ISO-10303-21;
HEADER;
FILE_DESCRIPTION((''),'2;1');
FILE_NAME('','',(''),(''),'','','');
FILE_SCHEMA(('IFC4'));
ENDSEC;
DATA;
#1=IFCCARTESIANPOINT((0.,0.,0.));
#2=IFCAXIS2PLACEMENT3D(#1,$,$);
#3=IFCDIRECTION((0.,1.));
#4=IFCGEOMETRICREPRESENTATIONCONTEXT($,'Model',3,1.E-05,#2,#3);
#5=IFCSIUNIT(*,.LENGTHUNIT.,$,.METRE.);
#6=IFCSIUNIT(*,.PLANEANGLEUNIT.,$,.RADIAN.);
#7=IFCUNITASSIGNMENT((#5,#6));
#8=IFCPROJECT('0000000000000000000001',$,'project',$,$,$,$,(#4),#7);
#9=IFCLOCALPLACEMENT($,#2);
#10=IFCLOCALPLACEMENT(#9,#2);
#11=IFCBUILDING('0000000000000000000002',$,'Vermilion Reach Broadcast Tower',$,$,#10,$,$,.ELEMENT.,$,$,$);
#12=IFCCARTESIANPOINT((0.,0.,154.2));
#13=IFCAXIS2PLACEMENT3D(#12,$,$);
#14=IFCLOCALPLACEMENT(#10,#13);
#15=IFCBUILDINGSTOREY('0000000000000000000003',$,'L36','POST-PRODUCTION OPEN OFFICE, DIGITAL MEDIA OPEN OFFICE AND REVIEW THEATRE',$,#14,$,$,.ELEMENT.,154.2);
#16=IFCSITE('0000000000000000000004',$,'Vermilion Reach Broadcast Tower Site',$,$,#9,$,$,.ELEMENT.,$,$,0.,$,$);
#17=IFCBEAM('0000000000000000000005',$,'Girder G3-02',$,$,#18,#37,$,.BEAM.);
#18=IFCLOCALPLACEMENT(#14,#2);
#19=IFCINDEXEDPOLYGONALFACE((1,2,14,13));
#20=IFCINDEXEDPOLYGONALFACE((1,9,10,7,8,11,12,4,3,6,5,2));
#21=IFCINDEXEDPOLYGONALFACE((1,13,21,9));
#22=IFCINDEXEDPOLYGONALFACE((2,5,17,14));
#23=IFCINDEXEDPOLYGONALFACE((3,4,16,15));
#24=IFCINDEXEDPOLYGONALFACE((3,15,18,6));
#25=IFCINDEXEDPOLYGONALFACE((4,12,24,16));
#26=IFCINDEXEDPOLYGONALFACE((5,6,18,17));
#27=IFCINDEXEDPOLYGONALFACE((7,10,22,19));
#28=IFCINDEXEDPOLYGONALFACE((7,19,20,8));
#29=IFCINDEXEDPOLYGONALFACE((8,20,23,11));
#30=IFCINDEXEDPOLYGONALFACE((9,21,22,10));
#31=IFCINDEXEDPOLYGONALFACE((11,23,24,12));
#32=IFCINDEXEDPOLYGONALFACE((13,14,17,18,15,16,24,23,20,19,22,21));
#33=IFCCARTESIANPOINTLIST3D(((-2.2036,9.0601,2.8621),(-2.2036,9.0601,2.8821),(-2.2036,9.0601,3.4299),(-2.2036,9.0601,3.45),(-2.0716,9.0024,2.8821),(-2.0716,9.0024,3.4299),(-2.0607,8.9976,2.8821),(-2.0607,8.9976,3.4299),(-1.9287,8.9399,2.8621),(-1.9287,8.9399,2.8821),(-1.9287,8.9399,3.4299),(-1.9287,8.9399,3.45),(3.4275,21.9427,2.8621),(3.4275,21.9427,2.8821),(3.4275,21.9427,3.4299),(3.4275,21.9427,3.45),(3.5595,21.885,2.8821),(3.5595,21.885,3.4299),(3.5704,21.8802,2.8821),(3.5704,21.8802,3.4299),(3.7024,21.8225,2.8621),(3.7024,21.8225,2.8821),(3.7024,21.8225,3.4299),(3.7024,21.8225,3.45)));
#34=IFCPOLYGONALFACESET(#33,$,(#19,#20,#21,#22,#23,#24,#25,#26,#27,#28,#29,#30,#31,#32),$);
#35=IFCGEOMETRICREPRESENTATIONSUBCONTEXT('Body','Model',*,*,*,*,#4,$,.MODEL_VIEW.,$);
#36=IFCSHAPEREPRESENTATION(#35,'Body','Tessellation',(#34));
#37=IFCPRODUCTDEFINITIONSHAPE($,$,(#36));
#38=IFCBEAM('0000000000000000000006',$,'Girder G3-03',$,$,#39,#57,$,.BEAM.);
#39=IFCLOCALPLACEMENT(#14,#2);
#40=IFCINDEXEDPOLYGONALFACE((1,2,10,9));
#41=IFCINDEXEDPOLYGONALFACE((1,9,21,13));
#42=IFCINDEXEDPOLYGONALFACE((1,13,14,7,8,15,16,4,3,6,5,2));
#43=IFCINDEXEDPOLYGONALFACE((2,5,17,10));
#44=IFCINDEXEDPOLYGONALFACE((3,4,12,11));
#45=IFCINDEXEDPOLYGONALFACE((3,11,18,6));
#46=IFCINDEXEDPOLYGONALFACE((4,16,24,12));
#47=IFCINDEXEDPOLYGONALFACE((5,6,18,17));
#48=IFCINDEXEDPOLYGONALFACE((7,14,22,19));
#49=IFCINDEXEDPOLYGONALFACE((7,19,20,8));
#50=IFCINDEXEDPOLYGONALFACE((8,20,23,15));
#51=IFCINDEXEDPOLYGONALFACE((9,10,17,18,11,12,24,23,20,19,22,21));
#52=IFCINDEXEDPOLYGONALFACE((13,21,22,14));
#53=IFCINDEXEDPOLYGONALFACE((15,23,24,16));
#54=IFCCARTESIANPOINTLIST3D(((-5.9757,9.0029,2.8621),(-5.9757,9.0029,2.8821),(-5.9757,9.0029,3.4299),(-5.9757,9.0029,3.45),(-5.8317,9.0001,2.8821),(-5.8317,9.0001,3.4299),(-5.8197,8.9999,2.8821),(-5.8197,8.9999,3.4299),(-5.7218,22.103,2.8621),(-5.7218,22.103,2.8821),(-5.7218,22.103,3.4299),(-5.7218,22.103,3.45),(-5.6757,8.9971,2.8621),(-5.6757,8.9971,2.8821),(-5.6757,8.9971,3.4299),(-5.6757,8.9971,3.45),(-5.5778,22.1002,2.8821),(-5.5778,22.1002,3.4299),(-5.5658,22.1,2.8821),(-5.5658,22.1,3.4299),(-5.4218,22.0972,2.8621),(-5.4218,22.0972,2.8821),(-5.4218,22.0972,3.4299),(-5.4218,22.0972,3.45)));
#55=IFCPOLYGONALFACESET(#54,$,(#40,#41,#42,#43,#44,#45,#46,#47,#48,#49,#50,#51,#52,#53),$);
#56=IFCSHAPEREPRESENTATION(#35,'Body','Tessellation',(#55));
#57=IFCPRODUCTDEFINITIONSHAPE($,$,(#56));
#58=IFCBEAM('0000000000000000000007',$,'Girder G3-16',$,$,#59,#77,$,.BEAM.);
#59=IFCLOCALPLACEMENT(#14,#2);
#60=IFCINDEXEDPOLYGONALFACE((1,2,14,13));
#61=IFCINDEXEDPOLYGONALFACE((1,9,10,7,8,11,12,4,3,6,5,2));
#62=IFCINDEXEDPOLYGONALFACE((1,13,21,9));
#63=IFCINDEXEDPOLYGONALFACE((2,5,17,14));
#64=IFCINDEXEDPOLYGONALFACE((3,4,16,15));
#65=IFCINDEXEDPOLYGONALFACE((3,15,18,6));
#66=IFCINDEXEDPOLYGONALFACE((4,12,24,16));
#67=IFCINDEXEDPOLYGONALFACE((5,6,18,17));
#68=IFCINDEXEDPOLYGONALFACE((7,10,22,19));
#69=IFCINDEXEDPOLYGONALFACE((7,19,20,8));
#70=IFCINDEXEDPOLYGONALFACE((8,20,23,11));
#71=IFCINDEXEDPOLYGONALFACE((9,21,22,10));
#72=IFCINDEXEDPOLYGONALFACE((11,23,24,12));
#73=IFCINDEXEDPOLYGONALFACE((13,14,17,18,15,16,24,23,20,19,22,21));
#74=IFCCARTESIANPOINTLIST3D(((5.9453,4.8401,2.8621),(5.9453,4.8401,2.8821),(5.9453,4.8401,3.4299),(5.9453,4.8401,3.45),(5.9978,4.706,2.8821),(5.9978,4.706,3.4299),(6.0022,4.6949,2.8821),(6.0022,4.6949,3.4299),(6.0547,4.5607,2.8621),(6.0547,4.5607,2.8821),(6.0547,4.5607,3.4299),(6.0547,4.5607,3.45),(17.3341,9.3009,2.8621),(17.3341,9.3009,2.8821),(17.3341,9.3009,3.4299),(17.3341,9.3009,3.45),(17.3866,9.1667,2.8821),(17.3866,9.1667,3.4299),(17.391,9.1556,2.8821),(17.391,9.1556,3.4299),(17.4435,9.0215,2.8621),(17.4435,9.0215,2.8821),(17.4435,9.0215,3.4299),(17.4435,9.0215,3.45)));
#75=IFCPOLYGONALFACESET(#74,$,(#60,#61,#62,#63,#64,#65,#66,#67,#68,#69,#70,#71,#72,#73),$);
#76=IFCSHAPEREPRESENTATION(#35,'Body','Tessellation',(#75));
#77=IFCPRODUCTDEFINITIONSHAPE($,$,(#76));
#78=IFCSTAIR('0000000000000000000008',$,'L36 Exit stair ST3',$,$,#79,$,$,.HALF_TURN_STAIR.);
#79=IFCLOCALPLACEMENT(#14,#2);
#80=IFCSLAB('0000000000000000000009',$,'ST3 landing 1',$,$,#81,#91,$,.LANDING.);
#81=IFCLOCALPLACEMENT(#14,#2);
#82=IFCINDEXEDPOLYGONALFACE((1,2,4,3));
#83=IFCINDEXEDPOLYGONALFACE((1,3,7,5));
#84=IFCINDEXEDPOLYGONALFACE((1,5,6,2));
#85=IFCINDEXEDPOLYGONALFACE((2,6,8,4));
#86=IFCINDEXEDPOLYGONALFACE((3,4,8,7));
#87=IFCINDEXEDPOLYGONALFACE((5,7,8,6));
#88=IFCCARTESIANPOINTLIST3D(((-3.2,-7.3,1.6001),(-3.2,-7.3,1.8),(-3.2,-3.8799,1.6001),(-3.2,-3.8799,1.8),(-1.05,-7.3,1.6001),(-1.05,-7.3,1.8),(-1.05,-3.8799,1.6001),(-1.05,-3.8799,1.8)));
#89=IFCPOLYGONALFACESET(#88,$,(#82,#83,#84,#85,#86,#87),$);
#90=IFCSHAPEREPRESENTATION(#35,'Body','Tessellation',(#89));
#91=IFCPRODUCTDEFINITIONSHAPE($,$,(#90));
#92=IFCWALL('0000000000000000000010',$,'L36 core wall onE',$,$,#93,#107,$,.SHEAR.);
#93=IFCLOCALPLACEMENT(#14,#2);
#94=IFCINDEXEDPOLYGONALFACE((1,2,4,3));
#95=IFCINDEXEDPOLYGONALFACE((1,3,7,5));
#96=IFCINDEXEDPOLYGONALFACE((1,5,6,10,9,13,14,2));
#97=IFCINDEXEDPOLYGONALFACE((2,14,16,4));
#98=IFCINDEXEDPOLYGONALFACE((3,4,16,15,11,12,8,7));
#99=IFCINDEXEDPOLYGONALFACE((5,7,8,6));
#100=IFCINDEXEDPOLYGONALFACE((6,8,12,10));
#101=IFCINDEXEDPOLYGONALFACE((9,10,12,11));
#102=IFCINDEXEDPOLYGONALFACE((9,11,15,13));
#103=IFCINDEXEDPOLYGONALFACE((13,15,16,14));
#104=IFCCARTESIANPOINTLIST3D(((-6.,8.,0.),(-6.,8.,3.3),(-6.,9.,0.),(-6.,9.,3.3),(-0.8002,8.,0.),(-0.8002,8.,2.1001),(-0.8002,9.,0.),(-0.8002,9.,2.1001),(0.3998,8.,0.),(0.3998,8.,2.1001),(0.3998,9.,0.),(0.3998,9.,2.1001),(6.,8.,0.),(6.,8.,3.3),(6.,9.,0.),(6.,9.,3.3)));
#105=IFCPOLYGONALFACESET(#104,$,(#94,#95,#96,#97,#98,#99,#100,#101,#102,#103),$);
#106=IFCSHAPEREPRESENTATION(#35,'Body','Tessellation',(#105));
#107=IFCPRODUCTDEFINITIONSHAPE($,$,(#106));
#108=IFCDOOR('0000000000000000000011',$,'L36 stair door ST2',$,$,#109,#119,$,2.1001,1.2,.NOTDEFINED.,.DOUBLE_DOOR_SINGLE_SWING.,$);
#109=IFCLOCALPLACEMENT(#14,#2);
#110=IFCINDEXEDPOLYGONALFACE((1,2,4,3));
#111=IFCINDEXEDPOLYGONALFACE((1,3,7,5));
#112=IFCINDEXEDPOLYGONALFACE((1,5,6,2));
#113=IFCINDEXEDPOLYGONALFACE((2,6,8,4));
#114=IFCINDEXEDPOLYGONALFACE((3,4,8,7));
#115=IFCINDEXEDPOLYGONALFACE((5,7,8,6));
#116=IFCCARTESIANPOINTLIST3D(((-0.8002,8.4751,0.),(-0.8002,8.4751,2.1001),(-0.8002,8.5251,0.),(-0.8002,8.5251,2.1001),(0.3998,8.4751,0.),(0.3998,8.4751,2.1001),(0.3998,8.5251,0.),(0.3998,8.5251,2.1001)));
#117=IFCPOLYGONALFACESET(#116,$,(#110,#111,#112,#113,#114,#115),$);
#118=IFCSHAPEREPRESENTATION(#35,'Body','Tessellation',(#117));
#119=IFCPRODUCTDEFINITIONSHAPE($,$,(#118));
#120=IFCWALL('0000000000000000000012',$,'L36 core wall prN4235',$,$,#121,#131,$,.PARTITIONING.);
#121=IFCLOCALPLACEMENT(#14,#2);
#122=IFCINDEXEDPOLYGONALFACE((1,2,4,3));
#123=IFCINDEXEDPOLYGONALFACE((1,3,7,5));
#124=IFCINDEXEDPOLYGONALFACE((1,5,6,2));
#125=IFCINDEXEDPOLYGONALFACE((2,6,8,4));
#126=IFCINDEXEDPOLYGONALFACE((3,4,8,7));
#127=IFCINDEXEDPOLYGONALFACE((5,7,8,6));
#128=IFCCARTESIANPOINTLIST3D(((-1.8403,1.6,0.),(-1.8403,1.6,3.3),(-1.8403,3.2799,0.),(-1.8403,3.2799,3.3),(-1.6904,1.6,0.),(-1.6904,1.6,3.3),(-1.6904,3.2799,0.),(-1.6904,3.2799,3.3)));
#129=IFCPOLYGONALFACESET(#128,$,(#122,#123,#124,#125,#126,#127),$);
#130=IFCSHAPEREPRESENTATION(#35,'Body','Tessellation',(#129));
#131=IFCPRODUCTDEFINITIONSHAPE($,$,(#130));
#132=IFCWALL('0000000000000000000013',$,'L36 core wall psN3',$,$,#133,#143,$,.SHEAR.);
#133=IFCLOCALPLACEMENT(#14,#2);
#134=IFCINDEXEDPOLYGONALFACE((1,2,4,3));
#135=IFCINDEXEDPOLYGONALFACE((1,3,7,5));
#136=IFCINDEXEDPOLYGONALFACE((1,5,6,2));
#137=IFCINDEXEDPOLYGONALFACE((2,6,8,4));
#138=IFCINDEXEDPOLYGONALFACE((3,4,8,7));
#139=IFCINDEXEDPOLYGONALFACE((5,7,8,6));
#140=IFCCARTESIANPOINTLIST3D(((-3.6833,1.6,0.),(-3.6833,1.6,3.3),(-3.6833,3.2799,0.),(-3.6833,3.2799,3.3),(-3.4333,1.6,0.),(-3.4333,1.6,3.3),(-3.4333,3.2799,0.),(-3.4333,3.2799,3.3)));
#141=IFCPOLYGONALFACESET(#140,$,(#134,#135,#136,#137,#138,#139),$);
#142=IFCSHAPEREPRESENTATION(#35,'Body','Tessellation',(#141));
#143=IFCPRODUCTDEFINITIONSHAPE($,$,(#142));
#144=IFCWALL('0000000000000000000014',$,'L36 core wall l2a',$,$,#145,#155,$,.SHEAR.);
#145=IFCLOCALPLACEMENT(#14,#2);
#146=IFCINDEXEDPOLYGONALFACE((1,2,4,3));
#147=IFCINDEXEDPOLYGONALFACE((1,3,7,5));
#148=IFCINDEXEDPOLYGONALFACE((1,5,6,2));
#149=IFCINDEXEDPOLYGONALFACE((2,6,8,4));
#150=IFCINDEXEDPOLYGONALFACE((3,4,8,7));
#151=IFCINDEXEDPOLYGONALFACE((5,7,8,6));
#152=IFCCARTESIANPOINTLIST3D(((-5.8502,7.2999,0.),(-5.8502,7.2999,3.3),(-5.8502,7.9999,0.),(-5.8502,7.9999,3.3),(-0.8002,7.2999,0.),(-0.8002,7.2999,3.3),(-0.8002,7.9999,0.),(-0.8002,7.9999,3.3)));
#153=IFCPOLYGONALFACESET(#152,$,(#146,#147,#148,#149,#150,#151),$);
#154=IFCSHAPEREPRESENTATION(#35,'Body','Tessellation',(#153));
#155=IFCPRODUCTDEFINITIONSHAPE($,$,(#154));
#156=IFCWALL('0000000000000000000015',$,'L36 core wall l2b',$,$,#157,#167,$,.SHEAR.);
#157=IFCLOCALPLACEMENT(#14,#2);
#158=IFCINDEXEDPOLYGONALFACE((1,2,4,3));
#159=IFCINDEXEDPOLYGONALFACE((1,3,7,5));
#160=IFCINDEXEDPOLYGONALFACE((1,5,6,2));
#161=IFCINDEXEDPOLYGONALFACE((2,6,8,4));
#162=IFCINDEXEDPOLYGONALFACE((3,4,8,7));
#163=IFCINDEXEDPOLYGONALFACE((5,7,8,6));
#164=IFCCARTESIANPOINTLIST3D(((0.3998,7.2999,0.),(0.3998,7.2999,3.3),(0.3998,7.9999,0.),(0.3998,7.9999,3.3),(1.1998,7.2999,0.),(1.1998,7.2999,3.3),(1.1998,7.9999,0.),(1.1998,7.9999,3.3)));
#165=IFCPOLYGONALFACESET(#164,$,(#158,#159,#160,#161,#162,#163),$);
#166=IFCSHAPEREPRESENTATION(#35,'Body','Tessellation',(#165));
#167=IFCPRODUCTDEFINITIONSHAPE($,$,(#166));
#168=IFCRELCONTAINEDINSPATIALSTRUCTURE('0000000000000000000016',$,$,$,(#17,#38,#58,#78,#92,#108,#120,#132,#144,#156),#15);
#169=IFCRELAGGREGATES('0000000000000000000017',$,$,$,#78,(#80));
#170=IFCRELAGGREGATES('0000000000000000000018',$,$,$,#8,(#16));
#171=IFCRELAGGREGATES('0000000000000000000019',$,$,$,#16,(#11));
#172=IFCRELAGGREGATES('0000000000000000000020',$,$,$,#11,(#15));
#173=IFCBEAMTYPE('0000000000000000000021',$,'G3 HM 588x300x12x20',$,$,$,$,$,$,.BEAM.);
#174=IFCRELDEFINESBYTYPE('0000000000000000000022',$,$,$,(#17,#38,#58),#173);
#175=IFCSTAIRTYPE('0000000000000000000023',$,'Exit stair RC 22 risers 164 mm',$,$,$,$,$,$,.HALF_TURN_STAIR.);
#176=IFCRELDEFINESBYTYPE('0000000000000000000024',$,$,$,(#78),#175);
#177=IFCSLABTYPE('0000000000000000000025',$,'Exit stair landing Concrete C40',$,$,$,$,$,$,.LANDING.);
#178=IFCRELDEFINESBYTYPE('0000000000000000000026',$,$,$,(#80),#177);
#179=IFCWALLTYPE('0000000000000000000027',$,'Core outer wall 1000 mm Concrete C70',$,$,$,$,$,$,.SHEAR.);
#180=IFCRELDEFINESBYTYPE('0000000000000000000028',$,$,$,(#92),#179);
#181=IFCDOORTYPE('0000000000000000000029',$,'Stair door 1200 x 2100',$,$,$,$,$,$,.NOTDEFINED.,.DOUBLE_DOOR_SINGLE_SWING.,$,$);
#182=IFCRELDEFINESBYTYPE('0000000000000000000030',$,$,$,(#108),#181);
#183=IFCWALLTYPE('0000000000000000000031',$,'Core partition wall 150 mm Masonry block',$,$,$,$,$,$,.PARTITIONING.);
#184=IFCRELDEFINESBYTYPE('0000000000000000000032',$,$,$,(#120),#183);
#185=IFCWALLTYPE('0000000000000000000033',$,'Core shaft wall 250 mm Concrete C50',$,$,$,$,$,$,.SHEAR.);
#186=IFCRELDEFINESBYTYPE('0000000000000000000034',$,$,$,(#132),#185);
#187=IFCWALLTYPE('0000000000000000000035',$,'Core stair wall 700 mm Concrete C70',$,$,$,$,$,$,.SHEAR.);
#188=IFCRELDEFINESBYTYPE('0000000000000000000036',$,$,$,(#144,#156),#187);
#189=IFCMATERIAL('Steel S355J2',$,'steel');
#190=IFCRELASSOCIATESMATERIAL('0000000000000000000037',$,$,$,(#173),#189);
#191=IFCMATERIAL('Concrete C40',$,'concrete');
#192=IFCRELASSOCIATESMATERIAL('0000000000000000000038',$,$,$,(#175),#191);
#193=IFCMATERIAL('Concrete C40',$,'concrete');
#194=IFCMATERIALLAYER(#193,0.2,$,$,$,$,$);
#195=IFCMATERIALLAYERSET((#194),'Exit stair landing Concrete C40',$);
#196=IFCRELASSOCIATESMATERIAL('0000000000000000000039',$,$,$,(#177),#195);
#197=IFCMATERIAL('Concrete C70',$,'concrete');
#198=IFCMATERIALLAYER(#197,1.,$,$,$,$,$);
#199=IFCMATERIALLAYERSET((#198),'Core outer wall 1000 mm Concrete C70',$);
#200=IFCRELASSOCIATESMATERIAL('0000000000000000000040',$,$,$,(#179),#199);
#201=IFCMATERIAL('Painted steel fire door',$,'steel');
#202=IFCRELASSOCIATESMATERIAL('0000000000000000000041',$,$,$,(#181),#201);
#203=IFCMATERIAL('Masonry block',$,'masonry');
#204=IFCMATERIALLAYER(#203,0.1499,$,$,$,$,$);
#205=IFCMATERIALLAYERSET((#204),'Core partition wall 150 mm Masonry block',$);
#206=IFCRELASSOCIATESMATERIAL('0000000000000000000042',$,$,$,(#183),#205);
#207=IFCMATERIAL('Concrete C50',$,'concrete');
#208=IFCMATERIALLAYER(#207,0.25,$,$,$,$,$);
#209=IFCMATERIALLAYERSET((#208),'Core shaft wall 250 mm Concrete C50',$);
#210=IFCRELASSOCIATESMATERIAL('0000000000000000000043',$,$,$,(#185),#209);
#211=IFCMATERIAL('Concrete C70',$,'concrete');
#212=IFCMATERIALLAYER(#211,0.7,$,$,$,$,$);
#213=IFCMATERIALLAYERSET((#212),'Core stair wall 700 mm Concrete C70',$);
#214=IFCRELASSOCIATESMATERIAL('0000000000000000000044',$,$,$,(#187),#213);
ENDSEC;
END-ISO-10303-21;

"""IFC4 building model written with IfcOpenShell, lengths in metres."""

from ifc_helpers import new_model, si_unit, direction, frame, frame_2d, origin, origin_2d, place, context, subcontext, project, spatial, polyline, rectangle, i_section, outline, extrude, material, layer, layer_set, material_profile, profile_set, type_object, element, fill, aggregate, save


model = new_model("IFC4")

# Units and contexts
model_context = context("Model", 3, precision=1e-05, world=origin(), true_north=direction((0.0, 1.0)))
body_context = subcontext(model_context, "Body", "Model", "MODEL_VIEW")
ifc_project = project(units=[si_unit("LENGTHUNIT", "METRE"), si_unit("PLANEANGLEUNIT", "RADIAN")], contexts=[model_context])

# Site, building, storey
site_placement = place(None, origin())
site = spatial("IfcSite", under=ifc_project, at=site_placement, Name="Vermilion Reach Broadcast Tower Site", CompositionType="ELEMENT", RefElevation=0.0)
building_placement = place(site_placement, origin())
building = spatial("IfcBuilding", under=site, at=building_placement, Name="Vermilion Reach Broadcast Tower", CompositionType="ELEMENT")
storey_placement = place(building_placement, frame((0.0, 0.0, 154.2)))
storey = spatial("IfcBuildingStorey", under=building, at=storey_placement, Name="L36", Description="POST-PRODUCTION OPEN OFFICE, DIGITAL MEDIA OPEN OFFICE AND REVIEW THEATRE", CompositionType="ELEMENT", Elevation=154.2)

# Beams
ifc_material_1 = material(Name="Steel S355J2", Category="steel")
ifc_material_profile = material_profile(ifc_material_1, i_section(OverallWidth=0.3, OverallDepth=0.5879, WebThickness=0.012, FlangeThickness=0.02, at=origin_2d()), Name="S355J2 HM 588x300x12x20")
ifc_profile_set = profile_set([ifc_material_profile], Name="Steel S355J2")
beam_type = type_object("IfcBeamType", Name="G3 HM 588x300x12x20", PredefinedType="BEAM", material=ifc_profile_set)
beam_1_placement = place(storey_placement, frame((-2.0662, 9.0, 3.156), z_axis=(0.400519, 0.916288, 0.0), x_axis=(-0.916288, 0.400519, 0.0)))
element("IfcBeam", 1, at=beam_1_placement, inside=storey, type_object=beam_type, Name="Girder G3-02", PredefinedType="BEAM", context=body_context, shape_type="SweptSolid", body=[
    extrude(i_section(OverallWidth=0.3, OverallDepth=0.5879, WebThickness=0.012, FlangeThickness=0.02, at=origin_2d()), origin(), (0.0, 0.0, 1.0), 14.0596),
])
beam_2_placement = place(storey_placement, frame((-5.8257, 9.0, 3.156), z_axis=(0.019378, 0.999812, 0.0), x_axis=(-0.999812, 0.019378, 0.0)))
element("IfcBeam", 2, at=beam_2_placement, inside=storey, type_object=beam_type, Name="Girder G3-03", PredefinedType="BEAM", context=body_context, shape_type="SweptSolid", body=[
    extrude(i_section(OverallWidth=0.3, OverallDepth=0.5879, WebThickness=0.012, FlangeThickness=0.02, at=origin_2d()), origin(), (0.0, 0.0, 1.0), 13.1025),
])
beam_3_placement = place(storey_placement, frame((6.0, 4.7004, 3.156), z_axis=(0.931125, 0.364701, 0.0), x_axis=(-0.364701, 0.931125, 0.0)))
element("IfcBeam", 3, at=beam_3_placement, inside=storey, type_object=beam_type, Name="Girder G3-16", PredefinedType="BEAM", context=body_context, shape_type="SweptSolid", body=[
    extrude(i_section(OverallWidth=0.3, OverallDepth=0.5879, WebThickness=0.012, FlangeThickness=0.02, at=origin_2d()), origin(), (0.0, 0.0, 1.0), 12.2312),
])

# Stair, slab
ifc_material_2 = material(Name="Concrete C40", Category="concrete")
stair_type = type_object("IfcStairType", Name="Exit stair RC 22 risers 164 mm", PredefinedType="HALF_TURN_STAIR", material=ifc_material_2)
placement = place(storey_placement, origin())
stair_1 = element("IfcStair", 4, at=placement, inside=storey, type_object=stair_type, Name="L36 Exit stair ST3", PredefinedType="HALF_TURN_STAIR")
ifc_material_3 = material(Name="Concrete C40", Category="concrete")
ifc_layer_1 = layer(ifc_material_3, 0.2)
ifc_layer_set_1 = layer_set([ifc_layer_1], Name="Exit stair landing Concrete C40")
slab_type = type_object("IfcSlabType", Name="Exit stair landing Concrete C40", PredefinedType="LANDING", material=ifc_layer_set_1)
slab_placement = place(storey_placement, frame((0.0, 0.0, 1.6001)))
slab = element("IfcSlab", 5, at=slab_placement, type_object=slab_type, Name="ST3 landing 1", PredefinedType="LANDING", context=body_context, shape_type="SweptSolid", body=[
    extrude(outline(polyline([(-3.2, -7.3), (-1.05, -7.3), (-1.05, -3.8799), (-3.2, -3.8799), (-3.2, -7.3)])), origin(), (0.0, 0.0, 1.0), 0.2),
])
aggregate(stair_1, [slab])

# Wall, opening, door
ifc_material_4 = material(Name="Concrete C70", Category="concrete")
ifc_layer_2 = layer(ifc_material_4, 1.0)
ifc_layer_set_2 = layer_set([ifc_layer_2], Name="Core outer wall 1000 mm Concrete C70")
wall_type_1 = type_object("IfcWallType", Name="Core outer wall 1000 mm Concrete C70", PredefinedType="SHEAR", material=ifc_layer_set_2)
wall_1_placement = place(storey_placement, frame((6.0, 8.5, 0.0), z_axis=(0.0, 0.0, 1.0), x_axis=(-1.0, 0.0, 0.0)))
wall_1 = element("IfcWall", 6, at=wall_1_placement, inside=storey, type_object=wall_type_1, Name="L36 core wall onE", PredefinedType="SHEAR", context=body_context, shape_type="SweptSolid", body=[
    extrude(rectangle(XDim=12.0, YDim=1.0, at=frame_2d((6.0, 0.0))), origin(), (0.0, 0.0, 1.0), 3.3),
])
opening_placement = place(wall_1_placement, frame((5.6001, 0.0, 0.0)))
opening = element("IfcOpeningElement", 7, at=opening_placement, cuts=wall_1, PredefinedType="OPENING", context=body_context, shape_type="SweptSolid", body=[
    extrude(rectangle(XDim=1.2, YDim=2.1001, at=frame_2d((0.6001, 1.05))), frame((0.0, 0.51, 0.0), z_axis=(0.0, -1.0, 0.0), x_axis=(1.0, 0.0, 0.0)), (0.0, 0.0, 1.0), 1.02),
])
ifc_material_5 = material(Name="Painted steel fire door", Category="steel")
door_type = type_object("IfcDoorType", Name="Stair door 1200 x 2100", OperationType="DOUBLE_DOOR_SINGLE_SWING", PredefinedType="NOTDEFINED", material=ifc_material_5)
door_placement = place(opening_placement, origin())
door = element("IfcDoor", 8, at=door_placement, inside=storey, type_object=door_type, Name="L36 stair door ST2", OperationType="DOUBLE_DOOR_SINGLE_SWING", OverallHeight=2.1001, OverallWidth=1.2, PredefinedType="NOTDEFINED", context=body_context, shape_type="SweptSolid", body=[
    extrude(rectangle(XDim=1.2, YDim=2.1001, at=frame_2d((0.6001, 1.05))), frame((0.0, 0.0249, 0.0), z_axis=(0.0, -1.0, 0.0), x_axis=(1.0, 0.0, 0.0)), (0.0, 0.0, 1.0), 0.05),
])
fill(opening, door)

# Walls
ifc_material_6 = material(Name="Masonry block", Category="masonry")
ifc_layer_3 = layer(ifc_material_6, 0.1499)
ifc_layer_set_3 = layer_set([ifc_layer_3], Name="Core partition wall 150 mm Masonry block")
wall_type_2 = type_object("IfcWallType", Name="Core partition wall 150 mm Masonry block", PredefinedType="PARTITIONING", material=ifc_layer_set_3)
wall_2_placement = place(storey_placement, frame((-1.7654, 1.6001, 0.0), z_axis=(0.0, 0.0, 1.0), x_axis=(0.0, 1.0, 0.0)))
element("IfcWall", 9, at=wall_2_placement, inside=storey, type_object=wall_type_2, Name="L36 core wall prN4235", PredefinedType="PARTITIONING", context=body_context, shape_type="SweptSolid", body=[
    extrude(rectangle(XDim=1.6799, YDim=0.1499, at=frame_2d((0.8398, 0.0))), origin(), (0.0, 0.0, 1.0), 3.3),
])
ifc_material_7 = material(Name="Concrete C50", Category="concrete")
ifc_layer_4 = layer(ifc_material_7, 0.25)
ifc_layer_set_4 = layer_set([ifc_layer_4], Name="Core shaft wall 250 mm Concrete C50")
wall_type_3 = type_object("IfcWallType", Name="Core shaft wall 250 mm Concrete C50", PredefinedType="SHEAR", material=ifc_layer_set_4)
wall_3_placement = place(storey_placement, frame((-3.5583, 1.6001, 0.0), z_axis=(0.0, 0.0, 1.0), x_axis=(0.0, 1.0, 0.0)))
element("IfcWall", 10, at=wall_3_placement, inside=storey, type_object=wall_type_3, Name="L36 core wall psN3", PredefinedType="SHEAR", context=body_context, shape_type="SweptSolid", body=[
    extrude(rectangle(XDim=1.6799, YDim=0.25, at=frame_2d((0.8398, 0.0))), origin(), (0.0, 0.0, 1.0), 3.3),
])
ifc_material_8 = material(Name="Concrete C70", Category="concrete")
ifc_layer_5 = layer(ifc_material_8, 0.7)
ifc_layer_set_5 = layer_set([ifc_layer_5], Name="Core stair wall 700 mm Concrete C70")
wall_type_4 = type_object("IfcWallType", Name="Core stair wall 700 mm Concrete C70", PredefinedType="SHEAR", material=ifc_layer_set_5)
wall_4_placement = place(storey_placement, frame((-5.8501, 7.6499, 0.0), z_axis=(0.0, 0.0, 1.0), x_axis=(1.0, 0.0, 0.0)))
element("IfcWall", 11, at=wall_4_placement, inside=storey, type_object=wall_type_4, Name="L36 core wall l2a", PredefinedType="SHEAR", context=body_context, shape_type="SweptSolid", body=[
    extrude(rectangle(XDim=5.05, YDim=0.7, at=frame_2d((2.5249, 0.0))), origin(), (0.0, 0.0, 1.0), 3.3),
])
wall_5_placement = place(storey_placement, frame((0.3999, 7.6499, 0.0), z_axis=(0.0, 0.0, 1.0), x_axis=(1.0, 0.0, 0.0)))
element("IfcWall", 12, at=wall_5_placement, inside=storey, type_object=wall_type_4, Name="L36 core wall l2b", PredefinedType="SHEAR", context=body_context, shape_type="SweptSolid", body=[
    extrude(rectangle(XDim=0.8, YDim=0.7, at=frame_2d((0.3999, 0.0))), origin(), (0.0, 0.0, 1.0), 3.3),
])

save(model, "model.ifc")
